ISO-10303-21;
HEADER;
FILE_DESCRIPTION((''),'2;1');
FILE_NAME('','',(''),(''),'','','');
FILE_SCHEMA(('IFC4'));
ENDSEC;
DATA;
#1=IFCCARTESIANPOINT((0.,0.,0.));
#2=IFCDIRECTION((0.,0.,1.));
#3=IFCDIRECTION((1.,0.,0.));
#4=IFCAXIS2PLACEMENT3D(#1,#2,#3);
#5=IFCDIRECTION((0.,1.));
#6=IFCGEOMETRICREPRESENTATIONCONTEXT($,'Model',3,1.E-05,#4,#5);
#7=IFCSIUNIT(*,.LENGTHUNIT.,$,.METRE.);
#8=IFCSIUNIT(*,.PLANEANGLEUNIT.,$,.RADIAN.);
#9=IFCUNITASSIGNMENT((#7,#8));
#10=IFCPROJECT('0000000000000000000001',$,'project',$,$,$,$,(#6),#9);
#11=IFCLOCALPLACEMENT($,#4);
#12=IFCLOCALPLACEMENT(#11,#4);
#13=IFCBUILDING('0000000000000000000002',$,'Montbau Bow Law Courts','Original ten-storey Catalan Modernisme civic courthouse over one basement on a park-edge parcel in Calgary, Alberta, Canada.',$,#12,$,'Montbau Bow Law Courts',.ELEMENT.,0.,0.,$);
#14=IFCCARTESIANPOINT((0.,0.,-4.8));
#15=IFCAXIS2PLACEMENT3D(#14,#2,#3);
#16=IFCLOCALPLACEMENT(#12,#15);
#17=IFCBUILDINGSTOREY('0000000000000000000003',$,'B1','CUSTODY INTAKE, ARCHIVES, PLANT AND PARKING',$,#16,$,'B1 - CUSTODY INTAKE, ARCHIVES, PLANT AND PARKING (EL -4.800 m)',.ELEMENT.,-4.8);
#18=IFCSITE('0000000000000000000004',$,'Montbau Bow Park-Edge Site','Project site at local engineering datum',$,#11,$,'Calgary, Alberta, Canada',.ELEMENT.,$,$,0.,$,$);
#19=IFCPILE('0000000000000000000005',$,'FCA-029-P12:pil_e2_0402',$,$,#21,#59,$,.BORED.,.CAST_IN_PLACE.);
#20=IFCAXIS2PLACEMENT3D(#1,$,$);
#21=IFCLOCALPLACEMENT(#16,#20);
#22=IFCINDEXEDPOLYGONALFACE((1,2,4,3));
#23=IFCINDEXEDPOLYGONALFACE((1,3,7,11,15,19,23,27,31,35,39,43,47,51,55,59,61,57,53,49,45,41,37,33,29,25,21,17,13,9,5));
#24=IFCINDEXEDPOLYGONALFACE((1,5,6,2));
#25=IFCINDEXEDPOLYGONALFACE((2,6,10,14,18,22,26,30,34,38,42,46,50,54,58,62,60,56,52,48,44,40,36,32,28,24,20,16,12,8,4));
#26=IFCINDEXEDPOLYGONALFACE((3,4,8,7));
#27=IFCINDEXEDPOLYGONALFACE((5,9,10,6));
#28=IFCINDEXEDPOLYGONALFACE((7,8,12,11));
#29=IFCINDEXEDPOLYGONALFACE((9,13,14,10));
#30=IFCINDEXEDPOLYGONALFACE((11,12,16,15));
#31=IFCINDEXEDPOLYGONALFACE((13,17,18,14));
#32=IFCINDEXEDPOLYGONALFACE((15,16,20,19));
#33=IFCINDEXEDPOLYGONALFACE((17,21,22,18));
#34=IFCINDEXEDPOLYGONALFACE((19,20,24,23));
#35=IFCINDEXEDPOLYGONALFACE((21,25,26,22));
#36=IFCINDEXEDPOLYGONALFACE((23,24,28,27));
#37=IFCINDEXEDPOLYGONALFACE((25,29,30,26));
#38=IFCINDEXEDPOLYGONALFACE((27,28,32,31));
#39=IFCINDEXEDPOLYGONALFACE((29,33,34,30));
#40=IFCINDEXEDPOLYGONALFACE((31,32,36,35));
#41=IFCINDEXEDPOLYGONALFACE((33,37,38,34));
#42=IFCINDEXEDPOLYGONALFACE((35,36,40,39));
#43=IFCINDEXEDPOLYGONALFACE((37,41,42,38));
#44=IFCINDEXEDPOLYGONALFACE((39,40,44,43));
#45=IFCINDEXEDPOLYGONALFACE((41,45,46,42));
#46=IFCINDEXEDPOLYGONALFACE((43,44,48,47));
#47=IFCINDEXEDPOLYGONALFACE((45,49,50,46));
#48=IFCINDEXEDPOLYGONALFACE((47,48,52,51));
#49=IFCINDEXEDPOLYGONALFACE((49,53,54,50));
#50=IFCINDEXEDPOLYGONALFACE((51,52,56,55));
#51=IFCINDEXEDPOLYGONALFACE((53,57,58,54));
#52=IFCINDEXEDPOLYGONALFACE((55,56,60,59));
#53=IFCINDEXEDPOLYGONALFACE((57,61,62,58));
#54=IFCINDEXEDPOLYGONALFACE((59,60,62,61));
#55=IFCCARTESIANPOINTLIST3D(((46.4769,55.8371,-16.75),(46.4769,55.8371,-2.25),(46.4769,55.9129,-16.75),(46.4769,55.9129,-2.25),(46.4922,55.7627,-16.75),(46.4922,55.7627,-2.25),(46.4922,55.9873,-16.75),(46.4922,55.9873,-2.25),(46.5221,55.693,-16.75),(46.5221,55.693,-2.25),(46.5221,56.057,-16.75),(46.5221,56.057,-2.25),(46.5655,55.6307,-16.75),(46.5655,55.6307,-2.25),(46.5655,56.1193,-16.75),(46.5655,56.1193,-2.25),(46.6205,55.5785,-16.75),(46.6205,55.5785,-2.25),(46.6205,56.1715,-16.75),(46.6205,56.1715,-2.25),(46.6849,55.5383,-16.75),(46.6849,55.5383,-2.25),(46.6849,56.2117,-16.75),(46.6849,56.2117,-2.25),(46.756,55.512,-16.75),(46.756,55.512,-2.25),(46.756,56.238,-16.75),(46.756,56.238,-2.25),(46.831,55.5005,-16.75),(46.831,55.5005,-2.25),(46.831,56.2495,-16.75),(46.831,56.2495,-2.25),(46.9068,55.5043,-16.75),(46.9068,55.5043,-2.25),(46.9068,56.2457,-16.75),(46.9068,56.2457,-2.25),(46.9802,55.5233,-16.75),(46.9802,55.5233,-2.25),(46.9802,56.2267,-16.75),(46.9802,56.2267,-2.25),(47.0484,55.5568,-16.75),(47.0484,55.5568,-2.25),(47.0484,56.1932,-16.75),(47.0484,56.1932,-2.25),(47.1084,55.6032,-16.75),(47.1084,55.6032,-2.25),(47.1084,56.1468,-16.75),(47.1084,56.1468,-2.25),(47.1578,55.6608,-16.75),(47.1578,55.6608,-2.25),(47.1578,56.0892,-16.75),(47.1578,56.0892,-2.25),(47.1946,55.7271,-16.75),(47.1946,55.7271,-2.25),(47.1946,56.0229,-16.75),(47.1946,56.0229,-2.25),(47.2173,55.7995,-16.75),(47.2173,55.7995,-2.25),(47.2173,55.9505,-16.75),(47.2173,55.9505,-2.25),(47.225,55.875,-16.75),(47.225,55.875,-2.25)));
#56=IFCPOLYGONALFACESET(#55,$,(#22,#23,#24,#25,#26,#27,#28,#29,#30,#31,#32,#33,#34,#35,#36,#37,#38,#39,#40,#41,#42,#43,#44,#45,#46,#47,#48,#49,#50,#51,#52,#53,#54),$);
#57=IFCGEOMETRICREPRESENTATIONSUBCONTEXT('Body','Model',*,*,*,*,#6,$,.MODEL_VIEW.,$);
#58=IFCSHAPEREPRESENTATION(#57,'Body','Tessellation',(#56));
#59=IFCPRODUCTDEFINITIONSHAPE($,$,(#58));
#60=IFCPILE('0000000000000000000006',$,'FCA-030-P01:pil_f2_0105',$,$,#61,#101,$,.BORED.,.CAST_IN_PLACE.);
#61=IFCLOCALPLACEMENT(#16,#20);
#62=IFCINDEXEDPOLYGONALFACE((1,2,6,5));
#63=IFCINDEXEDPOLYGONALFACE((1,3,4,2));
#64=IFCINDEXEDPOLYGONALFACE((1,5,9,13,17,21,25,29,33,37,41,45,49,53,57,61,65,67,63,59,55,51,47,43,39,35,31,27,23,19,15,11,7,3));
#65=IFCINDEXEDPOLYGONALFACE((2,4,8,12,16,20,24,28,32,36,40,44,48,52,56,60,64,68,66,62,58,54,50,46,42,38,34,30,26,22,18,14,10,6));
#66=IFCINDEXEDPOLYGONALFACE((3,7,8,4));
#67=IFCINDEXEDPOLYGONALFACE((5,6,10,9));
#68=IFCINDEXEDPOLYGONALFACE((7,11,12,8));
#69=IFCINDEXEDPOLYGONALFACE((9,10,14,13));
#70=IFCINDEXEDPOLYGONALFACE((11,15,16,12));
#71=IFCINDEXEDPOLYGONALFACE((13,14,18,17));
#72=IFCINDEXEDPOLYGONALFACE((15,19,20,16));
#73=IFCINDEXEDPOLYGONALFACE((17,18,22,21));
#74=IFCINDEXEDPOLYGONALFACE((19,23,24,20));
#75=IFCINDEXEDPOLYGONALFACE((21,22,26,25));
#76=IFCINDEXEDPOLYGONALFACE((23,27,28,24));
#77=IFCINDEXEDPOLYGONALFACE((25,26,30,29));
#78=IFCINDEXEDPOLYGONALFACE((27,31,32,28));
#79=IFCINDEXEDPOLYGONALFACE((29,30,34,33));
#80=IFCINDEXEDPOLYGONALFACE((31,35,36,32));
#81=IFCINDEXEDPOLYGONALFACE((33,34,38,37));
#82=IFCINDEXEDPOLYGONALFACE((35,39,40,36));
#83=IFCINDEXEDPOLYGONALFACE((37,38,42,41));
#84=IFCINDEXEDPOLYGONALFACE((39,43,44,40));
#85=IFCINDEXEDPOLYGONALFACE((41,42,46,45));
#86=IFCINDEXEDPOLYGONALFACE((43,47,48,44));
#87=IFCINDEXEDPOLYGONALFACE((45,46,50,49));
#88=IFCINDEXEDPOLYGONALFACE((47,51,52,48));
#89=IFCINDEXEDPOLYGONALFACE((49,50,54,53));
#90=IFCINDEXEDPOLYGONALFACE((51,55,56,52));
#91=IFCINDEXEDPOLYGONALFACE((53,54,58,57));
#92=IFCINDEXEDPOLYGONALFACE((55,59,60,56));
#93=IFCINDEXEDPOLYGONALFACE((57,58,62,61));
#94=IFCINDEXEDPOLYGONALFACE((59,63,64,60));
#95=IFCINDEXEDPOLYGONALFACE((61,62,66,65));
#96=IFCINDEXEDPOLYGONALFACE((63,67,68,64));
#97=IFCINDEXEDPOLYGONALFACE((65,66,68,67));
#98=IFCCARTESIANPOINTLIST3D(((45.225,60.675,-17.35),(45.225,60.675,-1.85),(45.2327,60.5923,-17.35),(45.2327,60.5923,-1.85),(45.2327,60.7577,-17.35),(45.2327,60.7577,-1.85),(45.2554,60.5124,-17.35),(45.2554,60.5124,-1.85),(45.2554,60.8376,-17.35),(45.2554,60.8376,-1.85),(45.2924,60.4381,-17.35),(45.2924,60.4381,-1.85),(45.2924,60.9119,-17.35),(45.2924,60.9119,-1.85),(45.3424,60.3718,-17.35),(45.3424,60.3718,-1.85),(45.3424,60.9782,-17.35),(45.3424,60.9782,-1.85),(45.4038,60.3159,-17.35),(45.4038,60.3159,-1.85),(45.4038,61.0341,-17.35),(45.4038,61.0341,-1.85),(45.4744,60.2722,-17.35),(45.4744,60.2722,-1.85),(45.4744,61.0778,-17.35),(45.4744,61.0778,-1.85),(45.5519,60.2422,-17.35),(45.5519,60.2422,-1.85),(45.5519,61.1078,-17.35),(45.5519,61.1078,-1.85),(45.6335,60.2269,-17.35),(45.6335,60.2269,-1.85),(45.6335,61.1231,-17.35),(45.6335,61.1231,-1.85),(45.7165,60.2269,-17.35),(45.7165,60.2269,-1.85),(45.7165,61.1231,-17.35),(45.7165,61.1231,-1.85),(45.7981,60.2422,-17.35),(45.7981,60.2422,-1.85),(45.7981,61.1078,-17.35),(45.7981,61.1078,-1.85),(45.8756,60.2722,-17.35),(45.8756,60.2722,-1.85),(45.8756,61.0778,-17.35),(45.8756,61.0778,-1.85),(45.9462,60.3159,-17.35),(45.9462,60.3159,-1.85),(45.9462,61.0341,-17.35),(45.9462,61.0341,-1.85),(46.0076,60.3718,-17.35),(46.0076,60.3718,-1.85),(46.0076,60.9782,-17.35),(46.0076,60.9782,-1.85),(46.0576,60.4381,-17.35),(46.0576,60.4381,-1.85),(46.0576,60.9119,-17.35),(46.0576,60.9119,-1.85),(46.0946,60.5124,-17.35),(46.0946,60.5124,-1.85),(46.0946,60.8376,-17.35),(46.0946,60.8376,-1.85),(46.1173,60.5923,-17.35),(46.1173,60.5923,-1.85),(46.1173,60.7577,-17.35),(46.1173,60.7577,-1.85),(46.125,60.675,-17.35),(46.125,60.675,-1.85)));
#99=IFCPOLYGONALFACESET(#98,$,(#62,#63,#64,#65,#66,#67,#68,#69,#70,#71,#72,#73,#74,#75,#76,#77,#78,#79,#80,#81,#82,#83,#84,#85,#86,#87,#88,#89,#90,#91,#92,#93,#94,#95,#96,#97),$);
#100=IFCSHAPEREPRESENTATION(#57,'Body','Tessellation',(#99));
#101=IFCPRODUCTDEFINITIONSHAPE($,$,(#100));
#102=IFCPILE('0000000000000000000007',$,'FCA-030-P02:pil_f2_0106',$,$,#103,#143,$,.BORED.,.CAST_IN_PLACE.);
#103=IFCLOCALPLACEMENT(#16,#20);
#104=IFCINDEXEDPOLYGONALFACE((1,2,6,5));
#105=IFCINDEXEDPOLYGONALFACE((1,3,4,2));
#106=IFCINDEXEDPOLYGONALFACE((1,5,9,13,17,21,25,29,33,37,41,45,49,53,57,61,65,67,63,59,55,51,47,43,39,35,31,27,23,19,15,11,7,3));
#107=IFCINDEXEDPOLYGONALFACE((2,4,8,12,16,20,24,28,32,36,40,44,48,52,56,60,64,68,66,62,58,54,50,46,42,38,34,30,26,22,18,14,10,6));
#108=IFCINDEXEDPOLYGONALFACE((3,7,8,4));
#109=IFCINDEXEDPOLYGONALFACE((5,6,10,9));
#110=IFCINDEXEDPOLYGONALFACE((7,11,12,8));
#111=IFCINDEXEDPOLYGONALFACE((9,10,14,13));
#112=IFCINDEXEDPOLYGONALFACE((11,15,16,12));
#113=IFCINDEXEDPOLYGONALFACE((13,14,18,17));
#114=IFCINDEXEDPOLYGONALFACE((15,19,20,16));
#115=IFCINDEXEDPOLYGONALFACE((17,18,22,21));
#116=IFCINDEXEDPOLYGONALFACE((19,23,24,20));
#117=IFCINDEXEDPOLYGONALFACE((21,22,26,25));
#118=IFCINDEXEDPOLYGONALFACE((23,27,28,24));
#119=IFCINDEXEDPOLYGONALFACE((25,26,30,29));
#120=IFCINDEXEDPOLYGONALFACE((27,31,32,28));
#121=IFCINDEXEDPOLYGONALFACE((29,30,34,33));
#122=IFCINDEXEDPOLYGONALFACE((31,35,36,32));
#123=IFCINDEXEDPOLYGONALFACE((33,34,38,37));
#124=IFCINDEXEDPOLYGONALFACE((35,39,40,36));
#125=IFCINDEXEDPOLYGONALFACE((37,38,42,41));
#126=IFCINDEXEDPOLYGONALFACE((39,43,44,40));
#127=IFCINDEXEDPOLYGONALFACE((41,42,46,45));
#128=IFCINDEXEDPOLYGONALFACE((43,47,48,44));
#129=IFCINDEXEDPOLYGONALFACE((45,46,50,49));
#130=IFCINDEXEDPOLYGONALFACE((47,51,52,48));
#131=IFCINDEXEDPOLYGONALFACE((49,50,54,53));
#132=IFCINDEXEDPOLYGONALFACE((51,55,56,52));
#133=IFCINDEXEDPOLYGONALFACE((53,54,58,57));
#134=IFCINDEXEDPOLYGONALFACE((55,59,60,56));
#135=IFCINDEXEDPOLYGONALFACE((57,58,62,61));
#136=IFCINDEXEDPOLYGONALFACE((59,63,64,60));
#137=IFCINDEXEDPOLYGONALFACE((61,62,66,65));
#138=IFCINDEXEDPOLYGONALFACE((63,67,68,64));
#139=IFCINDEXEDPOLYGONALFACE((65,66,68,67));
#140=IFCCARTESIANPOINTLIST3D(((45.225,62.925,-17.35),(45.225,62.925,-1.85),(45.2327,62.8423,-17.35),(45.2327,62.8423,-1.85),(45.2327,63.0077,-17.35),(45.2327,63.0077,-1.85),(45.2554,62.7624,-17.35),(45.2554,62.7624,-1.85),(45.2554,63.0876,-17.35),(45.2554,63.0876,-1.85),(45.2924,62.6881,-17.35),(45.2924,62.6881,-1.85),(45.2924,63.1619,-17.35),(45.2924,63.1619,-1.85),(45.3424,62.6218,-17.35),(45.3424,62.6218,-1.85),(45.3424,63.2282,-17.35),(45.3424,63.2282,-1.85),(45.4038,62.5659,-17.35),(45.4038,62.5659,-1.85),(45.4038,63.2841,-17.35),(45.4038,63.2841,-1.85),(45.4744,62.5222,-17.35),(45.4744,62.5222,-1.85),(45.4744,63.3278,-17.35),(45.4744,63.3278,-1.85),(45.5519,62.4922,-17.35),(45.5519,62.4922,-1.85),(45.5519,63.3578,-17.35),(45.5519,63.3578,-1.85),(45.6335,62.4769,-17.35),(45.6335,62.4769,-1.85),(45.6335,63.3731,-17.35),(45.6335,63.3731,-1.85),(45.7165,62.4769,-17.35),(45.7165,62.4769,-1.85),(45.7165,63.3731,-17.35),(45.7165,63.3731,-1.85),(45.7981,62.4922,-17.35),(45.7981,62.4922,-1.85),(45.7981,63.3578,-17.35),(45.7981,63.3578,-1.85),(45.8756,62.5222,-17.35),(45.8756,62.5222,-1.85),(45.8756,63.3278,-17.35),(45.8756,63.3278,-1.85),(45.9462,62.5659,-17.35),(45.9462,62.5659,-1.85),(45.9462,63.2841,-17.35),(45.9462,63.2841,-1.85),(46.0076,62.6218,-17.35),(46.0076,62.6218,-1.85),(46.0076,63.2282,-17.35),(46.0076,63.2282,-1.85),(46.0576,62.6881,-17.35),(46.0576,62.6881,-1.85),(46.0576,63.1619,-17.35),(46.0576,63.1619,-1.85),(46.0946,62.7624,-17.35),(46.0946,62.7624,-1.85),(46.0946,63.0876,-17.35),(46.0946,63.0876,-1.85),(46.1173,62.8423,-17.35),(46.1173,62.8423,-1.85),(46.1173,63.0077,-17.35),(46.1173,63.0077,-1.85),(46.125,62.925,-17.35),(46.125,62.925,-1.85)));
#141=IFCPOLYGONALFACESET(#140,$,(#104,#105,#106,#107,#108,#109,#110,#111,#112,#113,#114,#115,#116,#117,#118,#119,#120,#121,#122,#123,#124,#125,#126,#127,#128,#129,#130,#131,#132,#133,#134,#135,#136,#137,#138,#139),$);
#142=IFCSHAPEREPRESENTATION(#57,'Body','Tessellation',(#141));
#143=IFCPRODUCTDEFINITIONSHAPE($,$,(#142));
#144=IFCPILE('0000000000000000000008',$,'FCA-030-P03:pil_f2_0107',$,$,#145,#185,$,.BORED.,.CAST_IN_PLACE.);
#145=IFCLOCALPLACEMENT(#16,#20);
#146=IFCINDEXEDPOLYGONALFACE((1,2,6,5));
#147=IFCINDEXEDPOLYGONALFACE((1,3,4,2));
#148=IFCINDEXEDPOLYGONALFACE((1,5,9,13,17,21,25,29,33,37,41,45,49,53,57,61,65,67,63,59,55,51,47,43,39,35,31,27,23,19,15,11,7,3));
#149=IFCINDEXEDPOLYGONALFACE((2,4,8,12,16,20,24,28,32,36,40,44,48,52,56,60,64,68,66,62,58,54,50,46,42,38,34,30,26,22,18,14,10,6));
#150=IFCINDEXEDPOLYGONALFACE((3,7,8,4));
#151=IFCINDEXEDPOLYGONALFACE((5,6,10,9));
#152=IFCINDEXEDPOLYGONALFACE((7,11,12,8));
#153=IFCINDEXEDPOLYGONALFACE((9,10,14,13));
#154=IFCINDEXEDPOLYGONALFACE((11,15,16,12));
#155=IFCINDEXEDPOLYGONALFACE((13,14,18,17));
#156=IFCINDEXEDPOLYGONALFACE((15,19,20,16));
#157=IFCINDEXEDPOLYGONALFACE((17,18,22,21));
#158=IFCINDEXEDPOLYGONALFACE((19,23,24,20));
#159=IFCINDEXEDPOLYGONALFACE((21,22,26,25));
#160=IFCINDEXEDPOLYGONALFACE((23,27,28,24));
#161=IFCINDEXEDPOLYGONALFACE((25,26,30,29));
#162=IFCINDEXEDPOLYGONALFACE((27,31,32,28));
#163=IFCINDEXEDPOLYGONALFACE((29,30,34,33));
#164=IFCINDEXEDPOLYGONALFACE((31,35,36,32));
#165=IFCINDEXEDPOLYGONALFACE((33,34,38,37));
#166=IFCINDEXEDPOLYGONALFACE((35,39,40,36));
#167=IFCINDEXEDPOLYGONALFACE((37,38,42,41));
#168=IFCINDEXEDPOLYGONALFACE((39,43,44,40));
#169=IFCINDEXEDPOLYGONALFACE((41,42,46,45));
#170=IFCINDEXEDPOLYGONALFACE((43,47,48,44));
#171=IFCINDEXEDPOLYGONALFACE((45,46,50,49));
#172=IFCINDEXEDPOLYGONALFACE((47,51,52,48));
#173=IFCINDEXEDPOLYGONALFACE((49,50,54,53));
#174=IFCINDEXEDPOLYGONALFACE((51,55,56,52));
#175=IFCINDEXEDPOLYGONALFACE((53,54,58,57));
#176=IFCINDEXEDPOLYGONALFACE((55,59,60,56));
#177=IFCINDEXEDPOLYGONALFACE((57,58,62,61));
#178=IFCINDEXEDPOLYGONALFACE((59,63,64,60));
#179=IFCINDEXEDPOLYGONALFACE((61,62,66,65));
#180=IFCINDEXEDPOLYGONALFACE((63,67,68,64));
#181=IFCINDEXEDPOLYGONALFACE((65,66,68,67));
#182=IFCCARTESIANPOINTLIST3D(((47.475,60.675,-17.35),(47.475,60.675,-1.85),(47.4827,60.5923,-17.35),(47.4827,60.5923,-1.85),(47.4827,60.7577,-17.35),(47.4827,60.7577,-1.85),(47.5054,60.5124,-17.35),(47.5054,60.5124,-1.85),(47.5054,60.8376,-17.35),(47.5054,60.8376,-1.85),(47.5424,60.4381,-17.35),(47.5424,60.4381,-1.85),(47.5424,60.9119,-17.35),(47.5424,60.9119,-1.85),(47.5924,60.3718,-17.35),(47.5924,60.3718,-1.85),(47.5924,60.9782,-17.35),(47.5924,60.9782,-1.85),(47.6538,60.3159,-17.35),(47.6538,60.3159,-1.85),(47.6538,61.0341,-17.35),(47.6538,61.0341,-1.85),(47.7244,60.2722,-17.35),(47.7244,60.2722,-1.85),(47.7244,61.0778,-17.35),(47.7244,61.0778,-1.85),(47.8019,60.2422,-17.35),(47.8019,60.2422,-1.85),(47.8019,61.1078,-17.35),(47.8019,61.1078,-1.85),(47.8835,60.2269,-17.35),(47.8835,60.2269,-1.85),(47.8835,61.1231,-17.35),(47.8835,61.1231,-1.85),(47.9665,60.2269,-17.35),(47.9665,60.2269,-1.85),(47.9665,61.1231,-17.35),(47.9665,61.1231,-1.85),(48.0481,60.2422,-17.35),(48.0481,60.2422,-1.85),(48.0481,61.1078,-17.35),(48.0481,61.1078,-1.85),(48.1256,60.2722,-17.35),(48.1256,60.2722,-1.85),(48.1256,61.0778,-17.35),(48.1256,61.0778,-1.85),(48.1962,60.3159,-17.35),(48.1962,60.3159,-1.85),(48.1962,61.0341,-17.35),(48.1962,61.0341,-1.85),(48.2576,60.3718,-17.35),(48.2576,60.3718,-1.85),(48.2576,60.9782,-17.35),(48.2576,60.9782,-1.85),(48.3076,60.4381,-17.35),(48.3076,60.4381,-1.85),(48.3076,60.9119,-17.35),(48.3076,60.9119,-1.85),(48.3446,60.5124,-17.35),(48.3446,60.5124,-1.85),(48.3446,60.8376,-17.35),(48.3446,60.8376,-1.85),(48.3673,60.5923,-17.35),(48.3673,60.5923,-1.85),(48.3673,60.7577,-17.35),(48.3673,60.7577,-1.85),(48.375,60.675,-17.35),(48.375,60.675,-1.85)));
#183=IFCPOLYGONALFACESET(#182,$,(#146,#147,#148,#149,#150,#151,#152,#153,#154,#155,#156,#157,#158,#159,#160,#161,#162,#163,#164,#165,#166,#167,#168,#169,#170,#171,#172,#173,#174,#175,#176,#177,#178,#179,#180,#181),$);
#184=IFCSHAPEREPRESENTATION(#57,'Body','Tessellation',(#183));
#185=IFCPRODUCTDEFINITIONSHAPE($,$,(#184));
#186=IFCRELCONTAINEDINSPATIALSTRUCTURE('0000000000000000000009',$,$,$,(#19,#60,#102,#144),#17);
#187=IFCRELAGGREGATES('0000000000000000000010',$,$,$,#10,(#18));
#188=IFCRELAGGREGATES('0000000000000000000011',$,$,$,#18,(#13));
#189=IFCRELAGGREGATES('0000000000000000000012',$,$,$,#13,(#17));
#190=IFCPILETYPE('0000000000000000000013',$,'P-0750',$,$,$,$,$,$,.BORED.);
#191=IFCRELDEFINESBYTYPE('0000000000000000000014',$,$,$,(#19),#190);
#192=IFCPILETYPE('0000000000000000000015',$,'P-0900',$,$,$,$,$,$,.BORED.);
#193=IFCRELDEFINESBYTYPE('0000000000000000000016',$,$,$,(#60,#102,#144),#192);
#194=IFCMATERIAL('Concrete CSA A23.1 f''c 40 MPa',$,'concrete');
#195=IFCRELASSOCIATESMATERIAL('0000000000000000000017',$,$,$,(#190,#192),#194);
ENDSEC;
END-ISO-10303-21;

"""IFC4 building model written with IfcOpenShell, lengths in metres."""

from ifc_helpers import new_model, si_unit, direction, frame, origin_with_axes, origin_2d_with_axis, place, context, subcontext, project, spatial, circle, extrude, material, material_profile, profile_set, type_object, element, save


model = new_model("IFC4")

# Units and contexts
model_context = context("Model", 3, precision=1e-05, world=origin_with_axes(), true_north=direction((0.0, 1.0)))
body_context = subcontext(model_context, "Body", "Model", "MODEL_VIEW")
ifc_project = project(units=[si_unit("LENGTHUNIT", "METRE"), si_unit("PLANEANGLEUNIT", "RADIAN")], contexts=[model_context])

# Site, building, storey
site_placement = place(None, origin_with_axes())
site = spatial("IfcSite", under=ifc_project, at=site_placement, Name="Montbau Bow Park-Edge Site", Description="Project site at local engineering datum", LongName="Calgary, Alberta, Canada", CompositionType="ELEMENT", RefElevation=0.0)
building_placement = place(site_placement, origin_with_axes())
building = spatial("IfcBuilding", under=site, at=building_placement, Name="Montbau Bow Law Courts", Description="Original ten-storey Catalan Modernisme civic courthouse over one basement on a park-edge parcel in Calgary, Alberta, Canada.", LongName="Montbau Bow Law Courts", CompositionType="ELEMENT", ElevationOfRefHeight=0.0, ElevationOfTerrain=0.0)
storey_placement = place(building_placement, frame((0.0, 0.0, -4.8), z_axis=(0.0, 0.0, 1.0), x_axis=(1.0, 0.0, 0.0)))
storey = spatial("IfcBuildingStorey", under=building, at=storey_placement, Name="B1", Description="CUSTODY INTAKE, ARCHIVES, PLANT AND PARKING", LongName="B1 - CUSTODY INTAKE, ARCHIVES, PLANT AND PARKING (EL -4.800 m)", CompositionType="ELEMENT", Elevation=-4.8)

# Piles
ifc_material_1 = material(Name="Concrete CSA A23.1 f'c 40 MPa", Category="concrete")
ifc_material_profile_1 = material_profile(ifc_material_1, circle(Radius=0.375, at=origin_2d_with_axis()), Name="BP750", Category="Main", Priority=0)
ifc_profile_set_1 = profile_set([ifc_material_profile_1], Name="Concrete CSA A23.1 f'c 40 MPa")
pile_type_1 = type_object("IfcPileType", Name="P-0750", PredefinedType="BORED", material=ifc_profile_set_1)
for number, where, z_axis, x_axis, name in (
    (1, (46.85, 55.875, -21.55), (0.0, 0.0, 1.0), (1.0, 0.0, 0.0), "FCA-029-P12:pil_e2_0402"),
):
    element("IfcPile", number, at=place(None, frame(where, z_axis=z_axis, x_axis=x_axis)), inside=storey, type_object=pile_type_1, Name=name, ConstructionType="CAST_IN_PLACE", PredefinedType="BORED", context=body_context, shape_type="SweptSolid", body=[
        extrude(circle(Radius=0.375, at=origin_2d_with_axis()), origin_with_axes(), (0.0, 0.0, 1.0), 14.5),
    ])
ifc_material_profile_2 = material_profile(ifc_material_1, circle(Radius=0.45, at=origin_2d_with_axis()), Name="BP900", Category="Main", Priority=0)
ifc_profile_set_2 = profile_set([ifc_material_profile_2], Name="Concrete CSA A23.1 f'c 40 MPa")
pile_type_2 = type_object("IfcPileType", Name="P-0900", PredefinedType="BORED", material=ifc_profile_set_2)
for number, where, z_axis, x_axis, name in (
    (2, (45.675, 60.675, -22.15), (0.0, 0.0, 1.0), (1.0, 0.0, 0.0), "FCA-030-P01:pil_f2_0105"),
    (3, (45.675, 62.925, -22.15), (0.0, 0.0, 1.0), (1.0, 0.0, 0.0), "FCA-030-P02:pil_f2_0106"),
    (4, (47.925, 60.675, -22.15), (0.0, 0.0, 1.0), (1.0, 0.0, 0.0), "FCA-030-P03:pil_f2_0107"),
):
    element("IfcPile", number, at=place(None, frame(where, z_axis=z_axis, x_axis=x_axis)), inside=storey, type_object=pile_type_2, Name=name, ConstructionType="CAST_IN_PLACE", PredefinedType="BORED", context=body_context, shape_type="SweptSolid", body=[
        extrude(circle(Radius=0.45, at=origin_2d_with_axis()), origin_with_axes(), (0.0, 0.0, 1.0), 15.5),
    ])

save(model, "model.ifc")
